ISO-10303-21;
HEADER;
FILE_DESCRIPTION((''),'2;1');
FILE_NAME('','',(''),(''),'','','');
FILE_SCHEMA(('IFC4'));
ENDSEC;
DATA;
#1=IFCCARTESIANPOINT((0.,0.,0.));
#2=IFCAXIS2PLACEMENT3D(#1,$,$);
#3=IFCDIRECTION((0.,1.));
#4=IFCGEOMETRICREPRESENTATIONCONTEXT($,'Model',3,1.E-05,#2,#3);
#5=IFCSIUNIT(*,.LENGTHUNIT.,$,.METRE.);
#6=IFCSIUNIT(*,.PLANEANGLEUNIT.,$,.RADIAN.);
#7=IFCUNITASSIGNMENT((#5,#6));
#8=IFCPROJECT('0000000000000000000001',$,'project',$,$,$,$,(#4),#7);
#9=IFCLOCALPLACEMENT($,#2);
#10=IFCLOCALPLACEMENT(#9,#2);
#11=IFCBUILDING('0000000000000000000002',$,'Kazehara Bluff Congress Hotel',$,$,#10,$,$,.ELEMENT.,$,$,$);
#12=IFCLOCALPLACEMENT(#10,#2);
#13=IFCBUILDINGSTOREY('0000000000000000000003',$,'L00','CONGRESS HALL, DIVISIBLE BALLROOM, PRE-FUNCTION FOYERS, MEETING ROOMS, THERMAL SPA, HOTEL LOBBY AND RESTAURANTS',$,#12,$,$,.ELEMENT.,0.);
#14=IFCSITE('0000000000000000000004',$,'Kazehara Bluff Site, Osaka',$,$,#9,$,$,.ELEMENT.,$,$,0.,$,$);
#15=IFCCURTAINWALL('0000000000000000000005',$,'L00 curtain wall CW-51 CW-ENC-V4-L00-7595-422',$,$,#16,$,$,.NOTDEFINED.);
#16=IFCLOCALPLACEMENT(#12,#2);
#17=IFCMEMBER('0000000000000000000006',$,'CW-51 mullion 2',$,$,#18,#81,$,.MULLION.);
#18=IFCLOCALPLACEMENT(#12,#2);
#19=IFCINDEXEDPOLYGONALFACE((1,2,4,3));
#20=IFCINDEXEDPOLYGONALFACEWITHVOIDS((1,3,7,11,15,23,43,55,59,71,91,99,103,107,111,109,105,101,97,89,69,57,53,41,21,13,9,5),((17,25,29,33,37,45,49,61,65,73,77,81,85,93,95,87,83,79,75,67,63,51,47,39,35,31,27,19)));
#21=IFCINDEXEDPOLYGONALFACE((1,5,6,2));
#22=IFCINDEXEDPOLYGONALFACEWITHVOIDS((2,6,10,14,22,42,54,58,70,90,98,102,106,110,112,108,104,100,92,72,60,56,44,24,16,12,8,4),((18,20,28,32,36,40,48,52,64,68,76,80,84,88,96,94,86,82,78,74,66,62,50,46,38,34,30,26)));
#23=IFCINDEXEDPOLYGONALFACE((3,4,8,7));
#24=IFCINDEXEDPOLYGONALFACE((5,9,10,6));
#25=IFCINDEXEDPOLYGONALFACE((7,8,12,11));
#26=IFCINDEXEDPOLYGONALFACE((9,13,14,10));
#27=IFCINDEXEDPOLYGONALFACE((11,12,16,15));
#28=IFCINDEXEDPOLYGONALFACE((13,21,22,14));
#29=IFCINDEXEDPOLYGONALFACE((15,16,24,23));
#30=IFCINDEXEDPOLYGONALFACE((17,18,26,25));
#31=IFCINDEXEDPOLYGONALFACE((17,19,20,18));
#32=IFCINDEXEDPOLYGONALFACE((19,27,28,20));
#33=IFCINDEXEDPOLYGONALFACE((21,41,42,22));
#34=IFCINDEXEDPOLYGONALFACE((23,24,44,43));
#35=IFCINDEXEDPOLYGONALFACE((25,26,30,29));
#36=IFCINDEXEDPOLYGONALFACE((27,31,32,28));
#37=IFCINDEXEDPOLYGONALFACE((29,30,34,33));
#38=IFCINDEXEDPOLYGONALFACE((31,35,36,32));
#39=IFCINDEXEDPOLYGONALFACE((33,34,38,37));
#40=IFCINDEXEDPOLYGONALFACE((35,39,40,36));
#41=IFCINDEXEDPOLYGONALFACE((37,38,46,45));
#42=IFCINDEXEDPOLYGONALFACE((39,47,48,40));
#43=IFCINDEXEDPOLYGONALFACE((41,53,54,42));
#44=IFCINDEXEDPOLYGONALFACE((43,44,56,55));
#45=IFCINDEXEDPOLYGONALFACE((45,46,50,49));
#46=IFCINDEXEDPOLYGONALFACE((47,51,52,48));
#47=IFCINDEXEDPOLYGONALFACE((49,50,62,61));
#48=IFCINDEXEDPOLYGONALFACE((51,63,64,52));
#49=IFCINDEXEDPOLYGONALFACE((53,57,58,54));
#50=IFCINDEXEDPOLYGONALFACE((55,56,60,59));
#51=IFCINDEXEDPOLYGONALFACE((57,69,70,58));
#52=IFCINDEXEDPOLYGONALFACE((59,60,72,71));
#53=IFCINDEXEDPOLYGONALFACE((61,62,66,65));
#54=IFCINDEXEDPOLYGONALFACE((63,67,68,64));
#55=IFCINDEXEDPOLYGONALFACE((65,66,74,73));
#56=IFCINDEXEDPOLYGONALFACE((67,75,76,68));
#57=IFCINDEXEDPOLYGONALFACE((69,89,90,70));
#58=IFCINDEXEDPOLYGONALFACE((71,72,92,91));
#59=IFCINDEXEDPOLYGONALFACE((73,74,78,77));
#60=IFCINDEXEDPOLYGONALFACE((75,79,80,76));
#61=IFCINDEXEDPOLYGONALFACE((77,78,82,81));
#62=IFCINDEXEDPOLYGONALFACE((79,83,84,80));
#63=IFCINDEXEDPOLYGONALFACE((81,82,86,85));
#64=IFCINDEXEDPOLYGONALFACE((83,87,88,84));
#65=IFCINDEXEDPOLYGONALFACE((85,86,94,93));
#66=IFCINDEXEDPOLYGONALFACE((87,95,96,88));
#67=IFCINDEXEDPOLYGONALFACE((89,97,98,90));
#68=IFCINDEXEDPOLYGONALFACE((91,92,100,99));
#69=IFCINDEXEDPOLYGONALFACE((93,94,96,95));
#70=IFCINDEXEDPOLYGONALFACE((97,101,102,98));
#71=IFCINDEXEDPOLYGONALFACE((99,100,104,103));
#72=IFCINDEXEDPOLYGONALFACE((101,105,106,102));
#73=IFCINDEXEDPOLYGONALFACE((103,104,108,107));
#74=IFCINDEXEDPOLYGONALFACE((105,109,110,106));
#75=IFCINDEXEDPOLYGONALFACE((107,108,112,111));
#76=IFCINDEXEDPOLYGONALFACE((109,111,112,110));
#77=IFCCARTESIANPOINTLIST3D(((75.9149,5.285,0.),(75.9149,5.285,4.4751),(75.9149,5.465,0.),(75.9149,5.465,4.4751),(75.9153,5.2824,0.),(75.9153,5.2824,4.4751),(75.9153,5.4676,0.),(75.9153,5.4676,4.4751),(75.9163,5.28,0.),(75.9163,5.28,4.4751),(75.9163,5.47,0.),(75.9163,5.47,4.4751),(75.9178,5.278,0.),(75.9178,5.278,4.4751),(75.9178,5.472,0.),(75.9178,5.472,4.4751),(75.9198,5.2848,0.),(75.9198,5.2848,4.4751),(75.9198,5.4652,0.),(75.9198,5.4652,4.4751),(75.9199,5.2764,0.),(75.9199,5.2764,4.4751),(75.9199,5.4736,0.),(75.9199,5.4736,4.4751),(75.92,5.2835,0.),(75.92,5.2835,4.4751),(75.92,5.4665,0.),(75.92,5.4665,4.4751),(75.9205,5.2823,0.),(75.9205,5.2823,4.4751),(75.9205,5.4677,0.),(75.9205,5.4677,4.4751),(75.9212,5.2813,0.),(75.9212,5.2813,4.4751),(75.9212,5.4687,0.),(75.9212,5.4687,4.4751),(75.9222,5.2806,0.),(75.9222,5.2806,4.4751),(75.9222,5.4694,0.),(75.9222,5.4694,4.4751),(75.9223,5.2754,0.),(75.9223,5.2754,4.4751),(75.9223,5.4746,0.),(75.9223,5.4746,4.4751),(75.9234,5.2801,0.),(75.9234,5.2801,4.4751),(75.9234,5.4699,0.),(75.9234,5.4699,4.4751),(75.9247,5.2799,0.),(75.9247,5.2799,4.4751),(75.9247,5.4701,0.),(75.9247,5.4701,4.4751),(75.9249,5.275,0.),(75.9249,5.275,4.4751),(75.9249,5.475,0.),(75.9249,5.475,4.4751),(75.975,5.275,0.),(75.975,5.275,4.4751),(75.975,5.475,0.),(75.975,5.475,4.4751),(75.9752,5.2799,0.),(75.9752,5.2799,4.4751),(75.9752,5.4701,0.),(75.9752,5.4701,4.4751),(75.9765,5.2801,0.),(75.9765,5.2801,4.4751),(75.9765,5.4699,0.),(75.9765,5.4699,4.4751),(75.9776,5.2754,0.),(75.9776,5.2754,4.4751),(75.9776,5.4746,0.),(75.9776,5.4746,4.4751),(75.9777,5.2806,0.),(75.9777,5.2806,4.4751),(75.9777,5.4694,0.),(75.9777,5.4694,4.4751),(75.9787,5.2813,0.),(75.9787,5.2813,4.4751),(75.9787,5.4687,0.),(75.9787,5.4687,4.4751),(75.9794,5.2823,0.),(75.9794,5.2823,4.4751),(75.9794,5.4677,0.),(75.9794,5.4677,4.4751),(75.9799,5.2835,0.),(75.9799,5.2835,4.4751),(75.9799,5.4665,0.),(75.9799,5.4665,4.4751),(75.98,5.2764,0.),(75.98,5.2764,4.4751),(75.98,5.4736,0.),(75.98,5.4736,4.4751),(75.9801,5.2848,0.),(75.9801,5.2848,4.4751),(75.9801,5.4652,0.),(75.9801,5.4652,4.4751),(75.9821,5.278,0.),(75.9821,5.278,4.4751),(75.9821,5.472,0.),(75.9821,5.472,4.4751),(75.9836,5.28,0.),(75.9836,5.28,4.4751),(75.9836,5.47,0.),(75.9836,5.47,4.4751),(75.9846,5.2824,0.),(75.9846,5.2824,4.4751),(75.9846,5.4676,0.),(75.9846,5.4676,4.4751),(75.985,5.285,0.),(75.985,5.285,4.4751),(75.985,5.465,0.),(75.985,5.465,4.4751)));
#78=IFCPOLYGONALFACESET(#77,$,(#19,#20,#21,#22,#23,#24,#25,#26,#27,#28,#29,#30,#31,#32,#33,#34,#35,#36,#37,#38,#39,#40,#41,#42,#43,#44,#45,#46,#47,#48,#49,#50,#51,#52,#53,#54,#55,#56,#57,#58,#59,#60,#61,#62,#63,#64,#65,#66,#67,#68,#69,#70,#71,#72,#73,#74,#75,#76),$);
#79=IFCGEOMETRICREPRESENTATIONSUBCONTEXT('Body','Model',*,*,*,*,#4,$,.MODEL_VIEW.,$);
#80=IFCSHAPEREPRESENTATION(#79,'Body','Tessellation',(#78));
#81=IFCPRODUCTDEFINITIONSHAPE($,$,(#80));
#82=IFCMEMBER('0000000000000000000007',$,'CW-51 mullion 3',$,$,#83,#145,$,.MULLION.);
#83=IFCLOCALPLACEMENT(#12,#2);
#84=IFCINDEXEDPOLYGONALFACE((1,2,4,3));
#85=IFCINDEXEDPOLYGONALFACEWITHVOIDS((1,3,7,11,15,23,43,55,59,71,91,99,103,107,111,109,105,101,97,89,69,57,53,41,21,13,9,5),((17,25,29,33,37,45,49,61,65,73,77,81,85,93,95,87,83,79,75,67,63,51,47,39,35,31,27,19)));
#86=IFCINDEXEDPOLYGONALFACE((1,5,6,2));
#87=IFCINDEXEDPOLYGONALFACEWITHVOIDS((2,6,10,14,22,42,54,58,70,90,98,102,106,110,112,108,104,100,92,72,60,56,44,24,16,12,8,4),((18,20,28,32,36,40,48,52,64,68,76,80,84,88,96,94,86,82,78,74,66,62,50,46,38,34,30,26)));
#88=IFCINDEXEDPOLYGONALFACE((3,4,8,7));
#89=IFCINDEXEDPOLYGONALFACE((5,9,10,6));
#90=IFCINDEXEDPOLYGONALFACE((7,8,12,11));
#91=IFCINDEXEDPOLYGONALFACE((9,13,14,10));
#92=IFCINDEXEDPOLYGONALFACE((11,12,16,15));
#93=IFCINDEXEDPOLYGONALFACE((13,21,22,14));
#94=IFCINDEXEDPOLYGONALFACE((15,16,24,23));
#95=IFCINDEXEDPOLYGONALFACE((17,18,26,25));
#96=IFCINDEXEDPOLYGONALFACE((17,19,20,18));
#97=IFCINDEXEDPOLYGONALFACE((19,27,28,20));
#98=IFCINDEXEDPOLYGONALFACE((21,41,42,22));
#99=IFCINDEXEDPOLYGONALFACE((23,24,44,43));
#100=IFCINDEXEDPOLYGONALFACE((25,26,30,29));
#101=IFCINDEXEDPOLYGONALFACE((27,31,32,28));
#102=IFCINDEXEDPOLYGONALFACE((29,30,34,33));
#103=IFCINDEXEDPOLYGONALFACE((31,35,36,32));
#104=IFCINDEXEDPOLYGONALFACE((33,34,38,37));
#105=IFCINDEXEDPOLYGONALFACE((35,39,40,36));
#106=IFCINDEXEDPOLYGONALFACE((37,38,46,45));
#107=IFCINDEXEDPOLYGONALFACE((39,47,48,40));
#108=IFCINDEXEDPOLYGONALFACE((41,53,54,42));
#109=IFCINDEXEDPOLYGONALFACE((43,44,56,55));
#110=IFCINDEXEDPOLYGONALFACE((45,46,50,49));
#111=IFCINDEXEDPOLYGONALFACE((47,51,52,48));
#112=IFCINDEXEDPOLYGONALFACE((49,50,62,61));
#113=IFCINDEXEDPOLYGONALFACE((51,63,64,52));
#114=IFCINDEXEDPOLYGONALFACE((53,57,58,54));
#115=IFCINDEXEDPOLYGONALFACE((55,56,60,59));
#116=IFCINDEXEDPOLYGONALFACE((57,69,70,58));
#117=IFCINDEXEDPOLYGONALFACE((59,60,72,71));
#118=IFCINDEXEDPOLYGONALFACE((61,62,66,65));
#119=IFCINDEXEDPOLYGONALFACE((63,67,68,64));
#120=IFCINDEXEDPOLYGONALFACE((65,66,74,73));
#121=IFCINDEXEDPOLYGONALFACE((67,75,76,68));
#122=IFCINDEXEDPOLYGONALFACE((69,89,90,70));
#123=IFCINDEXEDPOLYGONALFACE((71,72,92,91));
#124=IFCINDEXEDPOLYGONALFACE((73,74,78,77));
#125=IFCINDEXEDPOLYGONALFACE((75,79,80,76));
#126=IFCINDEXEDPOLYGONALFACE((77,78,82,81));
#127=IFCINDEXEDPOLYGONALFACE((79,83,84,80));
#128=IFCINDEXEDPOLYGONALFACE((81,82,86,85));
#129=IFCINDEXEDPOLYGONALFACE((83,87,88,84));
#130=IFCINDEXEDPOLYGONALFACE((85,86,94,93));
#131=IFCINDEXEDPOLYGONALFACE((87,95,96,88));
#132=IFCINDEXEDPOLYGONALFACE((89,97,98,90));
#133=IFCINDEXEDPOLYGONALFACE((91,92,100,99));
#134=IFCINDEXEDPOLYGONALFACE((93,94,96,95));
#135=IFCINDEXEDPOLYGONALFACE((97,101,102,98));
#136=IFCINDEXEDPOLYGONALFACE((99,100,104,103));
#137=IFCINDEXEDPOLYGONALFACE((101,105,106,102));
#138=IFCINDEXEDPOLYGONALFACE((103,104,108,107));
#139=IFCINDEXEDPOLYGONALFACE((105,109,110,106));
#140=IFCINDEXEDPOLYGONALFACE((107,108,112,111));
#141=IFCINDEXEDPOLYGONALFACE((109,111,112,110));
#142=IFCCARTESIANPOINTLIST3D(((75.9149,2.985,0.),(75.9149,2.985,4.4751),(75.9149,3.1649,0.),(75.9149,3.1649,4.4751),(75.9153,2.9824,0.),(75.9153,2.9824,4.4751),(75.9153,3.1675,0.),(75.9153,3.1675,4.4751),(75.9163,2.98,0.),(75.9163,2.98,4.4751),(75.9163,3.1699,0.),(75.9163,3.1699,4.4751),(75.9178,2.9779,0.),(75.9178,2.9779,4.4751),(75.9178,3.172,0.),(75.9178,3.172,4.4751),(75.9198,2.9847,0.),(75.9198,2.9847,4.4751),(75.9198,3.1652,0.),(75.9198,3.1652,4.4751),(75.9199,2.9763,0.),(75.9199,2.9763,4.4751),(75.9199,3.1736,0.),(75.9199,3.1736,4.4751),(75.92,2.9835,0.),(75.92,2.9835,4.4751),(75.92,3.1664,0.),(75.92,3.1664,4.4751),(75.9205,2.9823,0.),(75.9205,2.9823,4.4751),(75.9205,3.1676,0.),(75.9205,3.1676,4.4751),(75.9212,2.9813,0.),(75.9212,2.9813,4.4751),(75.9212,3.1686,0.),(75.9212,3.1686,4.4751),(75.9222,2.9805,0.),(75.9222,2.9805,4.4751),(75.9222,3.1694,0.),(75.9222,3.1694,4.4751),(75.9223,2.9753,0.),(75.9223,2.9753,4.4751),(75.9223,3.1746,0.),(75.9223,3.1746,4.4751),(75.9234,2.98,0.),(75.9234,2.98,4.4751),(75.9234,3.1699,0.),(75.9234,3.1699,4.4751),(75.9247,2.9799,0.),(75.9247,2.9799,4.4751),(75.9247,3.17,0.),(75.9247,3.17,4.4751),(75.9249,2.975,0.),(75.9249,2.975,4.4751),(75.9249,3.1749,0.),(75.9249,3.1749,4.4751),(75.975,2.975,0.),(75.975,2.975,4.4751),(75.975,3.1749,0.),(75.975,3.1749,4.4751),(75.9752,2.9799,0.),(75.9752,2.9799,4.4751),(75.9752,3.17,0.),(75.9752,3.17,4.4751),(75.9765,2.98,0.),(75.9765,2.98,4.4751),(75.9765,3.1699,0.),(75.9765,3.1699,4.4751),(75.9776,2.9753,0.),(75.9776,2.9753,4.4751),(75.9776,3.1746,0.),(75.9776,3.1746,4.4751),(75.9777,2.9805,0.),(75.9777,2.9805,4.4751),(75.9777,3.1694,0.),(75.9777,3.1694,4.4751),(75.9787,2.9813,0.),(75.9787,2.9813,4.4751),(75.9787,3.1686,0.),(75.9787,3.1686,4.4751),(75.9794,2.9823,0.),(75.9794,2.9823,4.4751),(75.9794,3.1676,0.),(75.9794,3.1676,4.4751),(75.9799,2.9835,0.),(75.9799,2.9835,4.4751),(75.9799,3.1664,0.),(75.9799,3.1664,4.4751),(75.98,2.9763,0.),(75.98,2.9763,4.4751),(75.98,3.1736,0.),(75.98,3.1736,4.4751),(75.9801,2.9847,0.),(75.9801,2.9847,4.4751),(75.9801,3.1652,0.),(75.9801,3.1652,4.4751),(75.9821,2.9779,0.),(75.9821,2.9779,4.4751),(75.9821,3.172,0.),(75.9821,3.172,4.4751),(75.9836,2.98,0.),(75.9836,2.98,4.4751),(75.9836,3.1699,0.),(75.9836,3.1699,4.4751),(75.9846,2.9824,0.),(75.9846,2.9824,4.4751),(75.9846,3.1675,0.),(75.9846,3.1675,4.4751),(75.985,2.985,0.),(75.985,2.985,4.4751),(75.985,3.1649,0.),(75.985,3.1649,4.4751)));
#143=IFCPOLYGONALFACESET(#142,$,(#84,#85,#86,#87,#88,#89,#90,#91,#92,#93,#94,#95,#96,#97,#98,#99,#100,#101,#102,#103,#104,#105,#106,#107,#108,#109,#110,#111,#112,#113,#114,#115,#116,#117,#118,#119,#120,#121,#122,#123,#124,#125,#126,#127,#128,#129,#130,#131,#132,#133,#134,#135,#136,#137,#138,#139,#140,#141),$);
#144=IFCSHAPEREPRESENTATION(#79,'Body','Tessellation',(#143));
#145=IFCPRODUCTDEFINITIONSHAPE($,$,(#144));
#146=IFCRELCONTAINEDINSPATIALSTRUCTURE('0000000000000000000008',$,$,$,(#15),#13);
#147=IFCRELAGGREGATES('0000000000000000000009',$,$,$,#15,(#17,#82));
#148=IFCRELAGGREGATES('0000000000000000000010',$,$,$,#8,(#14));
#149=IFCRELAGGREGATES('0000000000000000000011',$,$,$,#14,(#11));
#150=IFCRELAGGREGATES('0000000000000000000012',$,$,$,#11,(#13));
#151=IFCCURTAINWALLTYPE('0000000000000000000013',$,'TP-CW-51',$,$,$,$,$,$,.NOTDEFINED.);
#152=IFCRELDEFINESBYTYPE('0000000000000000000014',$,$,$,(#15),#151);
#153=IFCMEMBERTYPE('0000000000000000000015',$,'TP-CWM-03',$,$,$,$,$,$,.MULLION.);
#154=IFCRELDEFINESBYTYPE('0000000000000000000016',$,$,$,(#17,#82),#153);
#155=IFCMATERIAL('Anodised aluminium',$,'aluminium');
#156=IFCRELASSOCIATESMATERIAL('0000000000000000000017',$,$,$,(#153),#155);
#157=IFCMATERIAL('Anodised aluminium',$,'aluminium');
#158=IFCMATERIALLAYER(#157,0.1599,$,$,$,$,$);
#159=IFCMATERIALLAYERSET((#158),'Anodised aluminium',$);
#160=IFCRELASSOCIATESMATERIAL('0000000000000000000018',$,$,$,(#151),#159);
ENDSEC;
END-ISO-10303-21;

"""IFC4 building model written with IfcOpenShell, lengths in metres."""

from ifc_helpers import new_model, si_unit, direction, frame, origin, origin_2d, place, context, subcontext, project, spatial, hollow_rectangle, extrude, material, layer, layer_set, material_profile, profile_set, type_object, element, aggregate, save


model = new_model("IFC4")

# Units and contexts
model_context = context("Model", 3, precision=1e-05, world=origin(), true_north=direction((0.0, 1.0)))
body_context = subcontext(model_context, "Body", "Model", "MODEL_VIEW")
ifc_project = project(units=[si_unit("LENGTHUNIT", "METRE"), si_unit("PLANEANGLEUNIT", "RADIAN")], contexts=[model_context])

# Site, building, storey
site_placement = place(None, origin())
site = spatial("IfcSite", under=ifc_project, at=site_placement, Name="Kazehara Bluff Site, Osaka", CompositionType="ELEMENT", RefElevation=0.0)
building_placement = place(site_placement, origin())
building = spatial("IfcBuilding", under=site, at=building_placement, Name="Kazehara Bluff Congress Hotel", CompositionType="ELEMENT")
storey_placement = place(building_placement, origin())
storey = spatial("IfcBuildingStorey", under=building, at=storey_placement, Name="L00", Description="CONGRESS HALL, DIVISIBLE BALLROOM, PRE-FUNCTION FOYERS, MEETING ROOMS, THERMAL SPA, HOTEL LOBBY AND RESTAURANTS", CompositionType="ELEMENT", Elevation=0.0)

# Shared definitions
ifc_material_1 = material(Name="Anodised aluminium", Category="aluminium")
ifc_material_profile_1 = material_profile(ifc_material_1, hollow_rectangle(XDim=0.0701, YDim=0.2, WallThickness=0.0049, InnerFilletRadius=0.0049, OuterFilletRadius=0.01, at=origin_2d()))
ifc_profile_set_1 = profile_set([ifc_material_profile_1], Name="Anodised aluminium")
member_type_1 = type_object("IfcMemberType", Name="TP-CWM-03", PredefinedType="MULLION", material=ifc_profile_set_1)

# Curtain wall, members
ifc_material_2 = material(Name="Anodised aluminium", Category="aluminium")
ifc_layer_1 = layer(ifc_material_2, 0.1599)
ifc_layer_set_1 = layer_set([ifc_layer_1], Name="Anodised aluminium")
curtain_wall_type_1 = type_object("IfcCurtainWallType", Name="TP-CW-51", PredefinedType="NOTDEFINED", material=ifc_layer_set_1)
curtain_wall_1_placement = place(storey_placement, origin())
curtain_wall_1 = element("IfcCurtainWall", 1, at=curtain_wall_1_placement, inside=storey, type_object=curtain_wall_type_1, Name="L00 curtain wall CW-51 CW-ENC-V4-L00-7595-422", PredefinedType="NOTDEFINED")
member_1_placement = place(storey_placement, frame((75.95, 5.375, 0.0), z_axis=(0.0, 0.0, 1.0), x_axis=(1.0, 0.0, 0.0)))
member_1 = element("IfcMember", 2, at=member_1_placement, type_object=member_type_1, Name="CW-51 mullion 2", PredefinedType="MULLION", context=body_context, shape_type="SweptSolid", body=[
    extrude(hollow_rectangle(XDim=0.0701, YDim=0.2, WallThickness=0.0049, InnerFilletRadius=0.0049, OuterFilletRadius=0.01, at=origin_2d()), origin(), (0.0, 0.0, 1.0), 4.4751),
])
member_2_placement = place(storey_placement, frame((75.95, 3.075, 0.0), z_axis=(0.0, 0.0, 1.0), x_axis=(1.0, 0.0, 0.0)))
member_2 = element("IfcMember", 3, at=member_2_placement, type_object=member_type_1, Name="CW-51 mullion 3", PredefinedType="MULLION", context=body_context, shape_type="SweptSolid", body=[
    extrude(hollow_rectangle(XDim=0.0701, YDim=0.2, WallThickness=0.0049, InnerFilletRadius=0.0049, OuterFilletRadius=0.01, at=origin_2d()), origin(), (0.0, 0.0, 1.0), 4.4751),
])

aggregate(curtain_wall_1, [member_1, member_2])

save(model, "model.ifc")
